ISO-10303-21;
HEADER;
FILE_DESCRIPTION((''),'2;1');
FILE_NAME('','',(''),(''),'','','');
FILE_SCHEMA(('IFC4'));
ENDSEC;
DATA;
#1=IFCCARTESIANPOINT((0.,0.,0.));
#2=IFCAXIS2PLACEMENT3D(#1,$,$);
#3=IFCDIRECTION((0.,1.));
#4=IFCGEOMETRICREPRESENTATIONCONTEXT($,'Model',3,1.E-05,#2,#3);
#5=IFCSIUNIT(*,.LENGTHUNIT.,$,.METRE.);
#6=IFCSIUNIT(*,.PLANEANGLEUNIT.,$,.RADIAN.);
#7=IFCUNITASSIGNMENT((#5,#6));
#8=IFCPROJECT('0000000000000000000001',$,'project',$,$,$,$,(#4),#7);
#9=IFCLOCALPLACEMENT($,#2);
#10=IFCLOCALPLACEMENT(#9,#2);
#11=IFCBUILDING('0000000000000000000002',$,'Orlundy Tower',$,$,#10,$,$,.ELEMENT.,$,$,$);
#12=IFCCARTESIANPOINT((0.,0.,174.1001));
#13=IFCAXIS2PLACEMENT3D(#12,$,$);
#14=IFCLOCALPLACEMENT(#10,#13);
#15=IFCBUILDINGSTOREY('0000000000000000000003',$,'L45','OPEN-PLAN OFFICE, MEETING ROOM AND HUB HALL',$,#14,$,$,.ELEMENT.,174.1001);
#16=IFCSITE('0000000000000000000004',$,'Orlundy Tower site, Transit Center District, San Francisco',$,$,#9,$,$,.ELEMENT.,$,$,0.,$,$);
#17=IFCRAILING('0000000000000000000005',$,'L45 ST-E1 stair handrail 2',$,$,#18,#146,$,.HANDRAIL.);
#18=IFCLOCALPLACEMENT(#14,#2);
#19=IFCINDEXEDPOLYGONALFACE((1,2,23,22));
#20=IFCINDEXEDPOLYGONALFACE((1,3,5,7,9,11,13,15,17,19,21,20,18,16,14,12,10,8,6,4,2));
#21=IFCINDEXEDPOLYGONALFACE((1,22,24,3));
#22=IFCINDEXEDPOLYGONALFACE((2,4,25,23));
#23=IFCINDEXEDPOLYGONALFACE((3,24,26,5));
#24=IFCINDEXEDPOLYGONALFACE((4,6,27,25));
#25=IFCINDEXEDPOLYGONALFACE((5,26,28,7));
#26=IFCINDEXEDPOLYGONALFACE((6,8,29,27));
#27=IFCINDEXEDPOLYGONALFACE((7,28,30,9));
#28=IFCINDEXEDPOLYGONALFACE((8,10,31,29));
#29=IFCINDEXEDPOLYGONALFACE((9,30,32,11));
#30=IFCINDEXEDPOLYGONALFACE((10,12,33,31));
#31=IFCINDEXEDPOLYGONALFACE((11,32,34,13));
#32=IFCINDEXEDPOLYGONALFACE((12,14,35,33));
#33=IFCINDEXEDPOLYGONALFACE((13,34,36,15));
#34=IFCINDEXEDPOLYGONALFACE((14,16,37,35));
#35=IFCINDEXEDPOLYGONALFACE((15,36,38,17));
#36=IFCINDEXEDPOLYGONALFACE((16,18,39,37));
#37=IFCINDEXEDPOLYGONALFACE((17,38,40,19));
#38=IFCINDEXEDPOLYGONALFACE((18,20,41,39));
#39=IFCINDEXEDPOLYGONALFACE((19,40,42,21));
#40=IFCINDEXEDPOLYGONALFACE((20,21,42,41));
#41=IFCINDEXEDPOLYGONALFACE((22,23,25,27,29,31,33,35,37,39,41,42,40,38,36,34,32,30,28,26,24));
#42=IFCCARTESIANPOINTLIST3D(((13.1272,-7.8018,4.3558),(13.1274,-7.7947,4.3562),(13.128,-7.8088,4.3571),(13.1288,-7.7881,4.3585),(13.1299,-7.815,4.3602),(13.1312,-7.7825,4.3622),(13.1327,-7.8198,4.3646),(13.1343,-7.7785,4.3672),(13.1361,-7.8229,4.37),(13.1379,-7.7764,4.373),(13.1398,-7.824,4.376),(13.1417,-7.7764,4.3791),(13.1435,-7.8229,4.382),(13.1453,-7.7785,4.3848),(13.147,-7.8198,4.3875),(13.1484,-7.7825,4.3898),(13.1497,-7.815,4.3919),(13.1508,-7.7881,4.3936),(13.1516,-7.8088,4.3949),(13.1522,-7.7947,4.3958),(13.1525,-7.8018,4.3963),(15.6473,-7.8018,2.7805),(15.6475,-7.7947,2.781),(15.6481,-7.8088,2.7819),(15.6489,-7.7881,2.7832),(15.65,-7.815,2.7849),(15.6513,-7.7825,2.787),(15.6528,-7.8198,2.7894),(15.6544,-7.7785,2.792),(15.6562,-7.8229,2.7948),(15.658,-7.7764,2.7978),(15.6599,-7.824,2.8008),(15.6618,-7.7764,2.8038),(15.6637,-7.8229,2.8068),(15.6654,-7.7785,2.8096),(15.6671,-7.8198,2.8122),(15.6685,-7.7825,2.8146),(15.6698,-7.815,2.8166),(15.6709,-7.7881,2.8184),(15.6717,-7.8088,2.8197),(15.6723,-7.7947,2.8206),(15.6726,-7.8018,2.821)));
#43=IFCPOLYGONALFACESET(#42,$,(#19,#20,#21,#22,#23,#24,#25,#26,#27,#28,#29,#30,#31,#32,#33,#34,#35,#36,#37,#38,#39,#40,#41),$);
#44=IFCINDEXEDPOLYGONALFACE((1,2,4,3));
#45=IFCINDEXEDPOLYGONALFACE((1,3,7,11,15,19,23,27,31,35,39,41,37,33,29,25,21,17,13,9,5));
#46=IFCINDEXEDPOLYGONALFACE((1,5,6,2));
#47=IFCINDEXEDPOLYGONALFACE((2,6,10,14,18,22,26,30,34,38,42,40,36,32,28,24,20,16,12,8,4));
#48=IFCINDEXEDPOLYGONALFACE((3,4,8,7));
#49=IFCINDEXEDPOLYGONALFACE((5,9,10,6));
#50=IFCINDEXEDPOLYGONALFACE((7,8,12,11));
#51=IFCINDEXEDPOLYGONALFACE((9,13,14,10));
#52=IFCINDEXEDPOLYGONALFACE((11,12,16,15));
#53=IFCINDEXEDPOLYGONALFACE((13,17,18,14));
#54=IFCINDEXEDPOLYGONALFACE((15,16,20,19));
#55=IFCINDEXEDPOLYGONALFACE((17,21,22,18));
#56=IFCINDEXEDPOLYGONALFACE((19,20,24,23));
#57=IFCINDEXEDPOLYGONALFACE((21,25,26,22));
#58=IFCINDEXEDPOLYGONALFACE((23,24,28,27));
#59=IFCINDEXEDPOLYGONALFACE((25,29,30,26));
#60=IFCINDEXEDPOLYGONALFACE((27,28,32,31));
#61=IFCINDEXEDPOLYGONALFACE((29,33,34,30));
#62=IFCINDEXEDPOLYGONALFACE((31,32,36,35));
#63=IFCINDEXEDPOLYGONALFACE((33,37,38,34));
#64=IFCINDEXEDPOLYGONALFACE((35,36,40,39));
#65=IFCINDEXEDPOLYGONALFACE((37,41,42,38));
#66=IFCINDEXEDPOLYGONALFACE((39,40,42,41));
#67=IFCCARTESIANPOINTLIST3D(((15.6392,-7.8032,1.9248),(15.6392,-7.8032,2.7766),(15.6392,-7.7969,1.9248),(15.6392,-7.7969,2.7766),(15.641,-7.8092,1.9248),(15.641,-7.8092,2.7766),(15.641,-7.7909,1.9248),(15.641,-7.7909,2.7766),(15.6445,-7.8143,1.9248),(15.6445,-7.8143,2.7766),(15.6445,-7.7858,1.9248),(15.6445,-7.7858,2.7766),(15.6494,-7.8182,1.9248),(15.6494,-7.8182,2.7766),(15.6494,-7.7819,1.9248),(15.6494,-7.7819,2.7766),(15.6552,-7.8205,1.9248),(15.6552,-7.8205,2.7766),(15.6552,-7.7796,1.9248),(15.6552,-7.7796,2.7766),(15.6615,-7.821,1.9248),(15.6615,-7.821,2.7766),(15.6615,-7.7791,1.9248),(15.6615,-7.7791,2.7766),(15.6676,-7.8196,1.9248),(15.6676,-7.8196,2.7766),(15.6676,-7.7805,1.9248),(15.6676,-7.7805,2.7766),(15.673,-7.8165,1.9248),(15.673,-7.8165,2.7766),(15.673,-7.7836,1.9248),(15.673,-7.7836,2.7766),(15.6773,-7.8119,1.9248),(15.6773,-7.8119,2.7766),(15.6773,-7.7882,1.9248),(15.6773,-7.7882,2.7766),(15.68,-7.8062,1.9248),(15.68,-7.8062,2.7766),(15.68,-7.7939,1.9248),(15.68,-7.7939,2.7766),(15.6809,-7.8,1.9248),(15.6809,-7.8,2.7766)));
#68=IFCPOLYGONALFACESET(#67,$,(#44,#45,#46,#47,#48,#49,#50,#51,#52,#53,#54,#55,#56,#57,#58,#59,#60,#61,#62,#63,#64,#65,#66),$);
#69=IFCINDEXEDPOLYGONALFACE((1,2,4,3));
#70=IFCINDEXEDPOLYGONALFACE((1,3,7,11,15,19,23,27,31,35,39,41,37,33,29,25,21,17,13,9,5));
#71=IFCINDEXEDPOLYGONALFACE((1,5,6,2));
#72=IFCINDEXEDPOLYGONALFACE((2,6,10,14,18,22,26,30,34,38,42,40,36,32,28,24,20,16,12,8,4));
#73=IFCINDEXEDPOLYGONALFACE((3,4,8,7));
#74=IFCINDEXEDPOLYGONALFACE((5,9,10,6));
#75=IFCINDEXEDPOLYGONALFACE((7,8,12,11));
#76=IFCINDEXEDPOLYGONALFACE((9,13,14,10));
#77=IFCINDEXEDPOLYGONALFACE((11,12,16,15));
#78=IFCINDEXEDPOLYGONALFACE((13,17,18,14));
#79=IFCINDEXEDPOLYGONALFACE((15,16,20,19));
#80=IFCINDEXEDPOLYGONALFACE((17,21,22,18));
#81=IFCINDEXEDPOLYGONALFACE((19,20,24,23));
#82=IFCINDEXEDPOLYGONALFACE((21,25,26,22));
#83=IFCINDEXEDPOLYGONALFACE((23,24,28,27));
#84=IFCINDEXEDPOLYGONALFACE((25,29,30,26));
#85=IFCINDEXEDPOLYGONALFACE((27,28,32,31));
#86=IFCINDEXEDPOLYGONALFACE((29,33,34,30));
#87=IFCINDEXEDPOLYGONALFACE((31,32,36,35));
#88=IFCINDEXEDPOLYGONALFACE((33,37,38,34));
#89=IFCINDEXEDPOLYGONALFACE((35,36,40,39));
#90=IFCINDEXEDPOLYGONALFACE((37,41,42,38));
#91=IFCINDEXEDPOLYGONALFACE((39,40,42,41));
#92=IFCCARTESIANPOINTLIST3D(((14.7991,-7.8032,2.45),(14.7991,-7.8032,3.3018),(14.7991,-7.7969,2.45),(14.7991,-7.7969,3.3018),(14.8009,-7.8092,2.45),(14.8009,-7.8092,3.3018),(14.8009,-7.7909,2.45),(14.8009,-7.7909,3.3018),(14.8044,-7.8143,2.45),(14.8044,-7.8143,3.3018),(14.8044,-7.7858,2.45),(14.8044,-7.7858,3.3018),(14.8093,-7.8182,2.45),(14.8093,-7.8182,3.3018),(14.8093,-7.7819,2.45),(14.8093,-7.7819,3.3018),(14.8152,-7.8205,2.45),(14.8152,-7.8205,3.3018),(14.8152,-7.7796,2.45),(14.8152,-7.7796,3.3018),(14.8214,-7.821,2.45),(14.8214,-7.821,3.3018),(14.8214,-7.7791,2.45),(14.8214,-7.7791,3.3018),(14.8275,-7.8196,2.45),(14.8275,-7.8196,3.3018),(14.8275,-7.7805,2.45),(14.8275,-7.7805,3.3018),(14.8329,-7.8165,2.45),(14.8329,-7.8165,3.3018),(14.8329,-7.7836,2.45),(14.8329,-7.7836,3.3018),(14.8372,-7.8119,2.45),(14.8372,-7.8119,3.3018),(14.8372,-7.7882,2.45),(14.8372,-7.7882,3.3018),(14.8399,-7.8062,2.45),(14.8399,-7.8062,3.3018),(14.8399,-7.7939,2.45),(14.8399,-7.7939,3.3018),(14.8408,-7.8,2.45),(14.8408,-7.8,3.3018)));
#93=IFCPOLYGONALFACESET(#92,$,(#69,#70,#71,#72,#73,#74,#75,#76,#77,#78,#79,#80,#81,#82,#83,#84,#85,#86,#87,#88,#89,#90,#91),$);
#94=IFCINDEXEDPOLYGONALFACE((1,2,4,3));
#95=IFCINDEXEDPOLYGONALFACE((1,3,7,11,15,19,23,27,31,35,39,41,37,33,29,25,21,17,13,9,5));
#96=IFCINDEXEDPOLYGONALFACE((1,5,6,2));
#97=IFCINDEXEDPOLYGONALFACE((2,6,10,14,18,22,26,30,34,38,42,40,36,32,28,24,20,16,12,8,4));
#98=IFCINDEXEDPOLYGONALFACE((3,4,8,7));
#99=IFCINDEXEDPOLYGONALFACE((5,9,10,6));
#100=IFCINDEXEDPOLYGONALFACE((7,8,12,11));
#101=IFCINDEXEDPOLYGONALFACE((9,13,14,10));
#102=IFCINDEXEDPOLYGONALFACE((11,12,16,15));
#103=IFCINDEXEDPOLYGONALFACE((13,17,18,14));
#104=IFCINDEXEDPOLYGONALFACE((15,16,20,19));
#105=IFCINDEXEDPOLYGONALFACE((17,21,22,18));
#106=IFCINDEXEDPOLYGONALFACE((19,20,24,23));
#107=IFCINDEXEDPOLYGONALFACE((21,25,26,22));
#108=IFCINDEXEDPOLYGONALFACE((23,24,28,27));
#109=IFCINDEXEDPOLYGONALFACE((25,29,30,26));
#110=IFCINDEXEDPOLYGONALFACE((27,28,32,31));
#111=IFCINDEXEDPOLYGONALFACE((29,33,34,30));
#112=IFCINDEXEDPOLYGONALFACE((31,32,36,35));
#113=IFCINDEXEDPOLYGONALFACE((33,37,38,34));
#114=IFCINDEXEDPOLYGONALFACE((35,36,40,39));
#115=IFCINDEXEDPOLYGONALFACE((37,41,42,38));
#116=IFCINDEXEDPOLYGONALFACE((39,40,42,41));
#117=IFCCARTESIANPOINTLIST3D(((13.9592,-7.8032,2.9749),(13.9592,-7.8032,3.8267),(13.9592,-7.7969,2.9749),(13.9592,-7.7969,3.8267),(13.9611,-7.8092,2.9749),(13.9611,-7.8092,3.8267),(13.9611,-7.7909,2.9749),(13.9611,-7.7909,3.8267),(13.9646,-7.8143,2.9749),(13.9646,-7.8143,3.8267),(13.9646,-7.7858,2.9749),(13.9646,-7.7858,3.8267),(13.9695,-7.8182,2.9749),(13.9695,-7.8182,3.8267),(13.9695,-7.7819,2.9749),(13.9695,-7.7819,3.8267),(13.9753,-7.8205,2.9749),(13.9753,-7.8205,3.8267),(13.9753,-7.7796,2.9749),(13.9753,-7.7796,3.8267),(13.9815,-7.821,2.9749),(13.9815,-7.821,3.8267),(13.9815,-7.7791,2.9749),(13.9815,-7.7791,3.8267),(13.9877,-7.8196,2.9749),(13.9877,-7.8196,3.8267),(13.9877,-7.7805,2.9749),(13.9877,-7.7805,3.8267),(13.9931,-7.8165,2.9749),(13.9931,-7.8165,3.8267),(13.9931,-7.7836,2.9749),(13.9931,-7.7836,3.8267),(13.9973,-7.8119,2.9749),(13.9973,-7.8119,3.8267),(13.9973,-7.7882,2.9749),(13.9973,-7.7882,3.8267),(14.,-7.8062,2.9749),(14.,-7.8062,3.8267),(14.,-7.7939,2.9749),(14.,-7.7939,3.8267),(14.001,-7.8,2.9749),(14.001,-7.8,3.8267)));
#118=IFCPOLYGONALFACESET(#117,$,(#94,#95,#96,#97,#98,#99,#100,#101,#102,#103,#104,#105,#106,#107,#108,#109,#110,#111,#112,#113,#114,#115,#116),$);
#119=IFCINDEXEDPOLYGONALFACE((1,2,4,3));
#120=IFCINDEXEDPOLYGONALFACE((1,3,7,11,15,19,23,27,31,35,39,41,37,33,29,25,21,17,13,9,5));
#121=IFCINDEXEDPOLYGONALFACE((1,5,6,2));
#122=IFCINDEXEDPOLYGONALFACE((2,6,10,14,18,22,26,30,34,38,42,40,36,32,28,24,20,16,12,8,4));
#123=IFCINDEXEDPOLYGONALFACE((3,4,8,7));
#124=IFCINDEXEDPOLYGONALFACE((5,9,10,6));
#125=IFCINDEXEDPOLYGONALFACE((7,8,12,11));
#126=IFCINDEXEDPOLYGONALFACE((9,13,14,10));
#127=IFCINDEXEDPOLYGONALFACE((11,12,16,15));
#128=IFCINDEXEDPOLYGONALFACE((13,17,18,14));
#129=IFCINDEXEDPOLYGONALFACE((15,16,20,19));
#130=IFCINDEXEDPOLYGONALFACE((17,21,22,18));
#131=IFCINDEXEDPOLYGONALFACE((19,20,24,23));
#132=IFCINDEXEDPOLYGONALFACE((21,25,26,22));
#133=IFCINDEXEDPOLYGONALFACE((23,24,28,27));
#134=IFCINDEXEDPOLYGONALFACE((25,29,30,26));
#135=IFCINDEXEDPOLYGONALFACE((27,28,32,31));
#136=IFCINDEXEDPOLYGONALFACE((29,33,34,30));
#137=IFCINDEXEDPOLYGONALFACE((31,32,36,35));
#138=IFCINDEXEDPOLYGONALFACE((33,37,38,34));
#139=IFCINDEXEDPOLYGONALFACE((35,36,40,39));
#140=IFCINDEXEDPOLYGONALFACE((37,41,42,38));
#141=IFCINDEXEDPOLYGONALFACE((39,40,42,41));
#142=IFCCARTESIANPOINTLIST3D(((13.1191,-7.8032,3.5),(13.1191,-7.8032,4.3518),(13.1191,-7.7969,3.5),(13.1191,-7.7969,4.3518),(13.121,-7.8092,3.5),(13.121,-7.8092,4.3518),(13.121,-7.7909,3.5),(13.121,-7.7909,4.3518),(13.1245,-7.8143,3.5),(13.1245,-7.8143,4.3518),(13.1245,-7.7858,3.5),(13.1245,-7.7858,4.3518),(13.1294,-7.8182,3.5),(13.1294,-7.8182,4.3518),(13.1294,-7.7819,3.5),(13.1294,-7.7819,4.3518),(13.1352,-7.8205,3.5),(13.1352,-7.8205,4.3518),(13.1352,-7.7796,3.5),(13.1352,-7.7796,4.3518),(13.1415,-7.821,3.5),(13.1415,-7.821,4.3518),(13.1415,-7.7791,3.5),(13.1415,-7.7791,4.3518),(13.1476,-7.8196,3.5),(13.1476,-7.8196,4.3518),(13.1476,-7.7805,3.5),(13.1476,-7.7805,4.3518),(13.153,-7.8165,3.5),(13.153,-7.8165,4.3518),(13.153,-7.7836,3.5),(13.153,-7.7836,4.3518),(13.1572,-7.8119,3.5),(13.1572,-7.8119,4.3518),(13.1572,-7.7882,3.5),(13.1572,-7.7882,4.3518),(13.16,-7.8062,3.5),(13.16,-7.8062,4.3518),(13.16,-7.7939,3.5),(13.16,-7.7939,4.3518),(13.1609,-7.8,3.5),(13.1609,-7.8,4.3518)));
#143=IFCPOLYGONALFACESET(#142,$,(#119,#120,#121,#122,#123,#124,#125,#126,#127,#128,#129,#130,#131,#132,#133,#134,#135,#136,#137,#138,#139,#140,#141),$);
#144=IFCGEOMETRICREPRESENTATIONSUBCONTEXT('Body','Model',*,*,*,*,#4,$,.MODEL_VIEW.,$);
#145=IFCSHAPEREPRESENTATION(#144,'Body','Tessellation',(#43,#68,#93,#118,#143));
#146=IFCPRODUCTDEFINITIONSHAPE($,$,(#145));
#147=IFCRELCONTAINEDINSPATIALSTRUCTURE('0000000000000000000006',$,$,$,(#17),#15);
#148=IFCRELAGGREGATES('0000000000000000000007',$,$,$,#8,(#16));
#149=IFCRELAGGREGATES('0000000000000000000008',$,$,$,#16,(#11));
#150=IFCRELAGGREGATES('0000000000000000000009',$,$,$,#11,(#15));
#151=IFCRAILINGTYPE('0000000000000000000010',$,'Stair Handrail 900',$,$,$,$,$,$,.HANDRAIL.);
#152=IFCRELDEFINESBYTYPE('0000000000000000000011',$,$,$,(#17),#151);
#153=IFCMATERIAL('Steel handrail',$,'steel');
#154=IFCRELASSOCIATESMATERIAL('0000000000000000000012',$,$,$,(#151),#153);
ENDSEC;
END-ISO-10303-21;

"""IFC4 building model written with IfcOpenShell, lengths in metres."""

from ifc_helpers import new_model, si_unit, direction, frame, origin, origin_2d, place, context, subcontext, project, spatial, circle, extrude, material, type_object, element, save


model = new_model("IFC4")

# Units and contexts
model_context = context("Model", 3, precision=1e-05, world=origin(), true_north=direction((0.0, 1.0)))
body_context = subcontext(model_context, "Body", "Model", "MODEL_VIEW")
ifc_project = project(units=[si_unit("LENGTHUNIT", "METRE"), si_unit("PLANEANGLEUNIT", "RADIAN")], contexts=[model_context])

# Site, building, storey
site_placement = place(None, origin())
site = spatial("IfcSite", under=ifc_project, at=site_placement, Name="Orlundy Tower site, Transit Center District, San Francisco", CompositionType="ELEMENT", RefElevation=0.0)
building_placement = place(site_placement, origin())
building = spatial("IfcBuilding", under=site, at=building_placement, Name="Orlundy Tower", CompositionType="ELEMENT")
storey_placement = place(building_placement, frame((0.0, 0.0, 174.1001)))
storey = spatial("IfcBuildingStorey", under=building, at=storey_placement, Name="L45", Description="OPEN-PLAN OFFICE, MEETING ROOM AND HUB HALL", CompositionType="ELEMENT", Elevation=174.1001)

# Railing
ifc_material_1 = material(Name="Steel handrail", Category="steel")
railing_type = type_object("IfcRailingType", Name="Stair Handrail 900", PredefinedType="HANDRAIL", material=ifc_material_1)
railing_placement = place(storey_placement, frame((15.6599, -7.8, 1.9248)))
element("IfcRailing", 1, at=railing_placement, inside=storey, type_object=railing_type, Name="L45 ST-E1 stair handrail 2", PredefinedType="HANDRAIL", context=body_context, shape_type="SweptSolid", body=[
    extrude(circle(Radius=0.0239, at=origin_2d()), frame((0.0, 0.0, 0.876), z_axis=(-0.847971, 0.0, 0.530043), x_axis=(0.0, -1.0, 0.0)), (0.0, 0.0, 1.0), 2.9719),
    extrude(circle(Radius=0.021, at=origin_2d()), origin(), (0.0, 0.0, 1.0), 0.8518),
    extrude(circle(Radius=0.021, at=origin_2d()), frame((-0.8401, 0.0, 0.5251)), (0.0, 0.0, 1.0), 0.8518),
    extrude(circle(Radius=0.021, at=origin_2d()), frame((-1.6799, 0.0, 1.05)), (0.0, 0.0, 1.0), 0.8518),
    extrude(circle(Radius=0.021, at=origin_2d()), frame((-2.52, 0.0, 1.5752)), (0.0, 0.0, 1.0), 0.8518),
])

save(model, "model.ifc")
